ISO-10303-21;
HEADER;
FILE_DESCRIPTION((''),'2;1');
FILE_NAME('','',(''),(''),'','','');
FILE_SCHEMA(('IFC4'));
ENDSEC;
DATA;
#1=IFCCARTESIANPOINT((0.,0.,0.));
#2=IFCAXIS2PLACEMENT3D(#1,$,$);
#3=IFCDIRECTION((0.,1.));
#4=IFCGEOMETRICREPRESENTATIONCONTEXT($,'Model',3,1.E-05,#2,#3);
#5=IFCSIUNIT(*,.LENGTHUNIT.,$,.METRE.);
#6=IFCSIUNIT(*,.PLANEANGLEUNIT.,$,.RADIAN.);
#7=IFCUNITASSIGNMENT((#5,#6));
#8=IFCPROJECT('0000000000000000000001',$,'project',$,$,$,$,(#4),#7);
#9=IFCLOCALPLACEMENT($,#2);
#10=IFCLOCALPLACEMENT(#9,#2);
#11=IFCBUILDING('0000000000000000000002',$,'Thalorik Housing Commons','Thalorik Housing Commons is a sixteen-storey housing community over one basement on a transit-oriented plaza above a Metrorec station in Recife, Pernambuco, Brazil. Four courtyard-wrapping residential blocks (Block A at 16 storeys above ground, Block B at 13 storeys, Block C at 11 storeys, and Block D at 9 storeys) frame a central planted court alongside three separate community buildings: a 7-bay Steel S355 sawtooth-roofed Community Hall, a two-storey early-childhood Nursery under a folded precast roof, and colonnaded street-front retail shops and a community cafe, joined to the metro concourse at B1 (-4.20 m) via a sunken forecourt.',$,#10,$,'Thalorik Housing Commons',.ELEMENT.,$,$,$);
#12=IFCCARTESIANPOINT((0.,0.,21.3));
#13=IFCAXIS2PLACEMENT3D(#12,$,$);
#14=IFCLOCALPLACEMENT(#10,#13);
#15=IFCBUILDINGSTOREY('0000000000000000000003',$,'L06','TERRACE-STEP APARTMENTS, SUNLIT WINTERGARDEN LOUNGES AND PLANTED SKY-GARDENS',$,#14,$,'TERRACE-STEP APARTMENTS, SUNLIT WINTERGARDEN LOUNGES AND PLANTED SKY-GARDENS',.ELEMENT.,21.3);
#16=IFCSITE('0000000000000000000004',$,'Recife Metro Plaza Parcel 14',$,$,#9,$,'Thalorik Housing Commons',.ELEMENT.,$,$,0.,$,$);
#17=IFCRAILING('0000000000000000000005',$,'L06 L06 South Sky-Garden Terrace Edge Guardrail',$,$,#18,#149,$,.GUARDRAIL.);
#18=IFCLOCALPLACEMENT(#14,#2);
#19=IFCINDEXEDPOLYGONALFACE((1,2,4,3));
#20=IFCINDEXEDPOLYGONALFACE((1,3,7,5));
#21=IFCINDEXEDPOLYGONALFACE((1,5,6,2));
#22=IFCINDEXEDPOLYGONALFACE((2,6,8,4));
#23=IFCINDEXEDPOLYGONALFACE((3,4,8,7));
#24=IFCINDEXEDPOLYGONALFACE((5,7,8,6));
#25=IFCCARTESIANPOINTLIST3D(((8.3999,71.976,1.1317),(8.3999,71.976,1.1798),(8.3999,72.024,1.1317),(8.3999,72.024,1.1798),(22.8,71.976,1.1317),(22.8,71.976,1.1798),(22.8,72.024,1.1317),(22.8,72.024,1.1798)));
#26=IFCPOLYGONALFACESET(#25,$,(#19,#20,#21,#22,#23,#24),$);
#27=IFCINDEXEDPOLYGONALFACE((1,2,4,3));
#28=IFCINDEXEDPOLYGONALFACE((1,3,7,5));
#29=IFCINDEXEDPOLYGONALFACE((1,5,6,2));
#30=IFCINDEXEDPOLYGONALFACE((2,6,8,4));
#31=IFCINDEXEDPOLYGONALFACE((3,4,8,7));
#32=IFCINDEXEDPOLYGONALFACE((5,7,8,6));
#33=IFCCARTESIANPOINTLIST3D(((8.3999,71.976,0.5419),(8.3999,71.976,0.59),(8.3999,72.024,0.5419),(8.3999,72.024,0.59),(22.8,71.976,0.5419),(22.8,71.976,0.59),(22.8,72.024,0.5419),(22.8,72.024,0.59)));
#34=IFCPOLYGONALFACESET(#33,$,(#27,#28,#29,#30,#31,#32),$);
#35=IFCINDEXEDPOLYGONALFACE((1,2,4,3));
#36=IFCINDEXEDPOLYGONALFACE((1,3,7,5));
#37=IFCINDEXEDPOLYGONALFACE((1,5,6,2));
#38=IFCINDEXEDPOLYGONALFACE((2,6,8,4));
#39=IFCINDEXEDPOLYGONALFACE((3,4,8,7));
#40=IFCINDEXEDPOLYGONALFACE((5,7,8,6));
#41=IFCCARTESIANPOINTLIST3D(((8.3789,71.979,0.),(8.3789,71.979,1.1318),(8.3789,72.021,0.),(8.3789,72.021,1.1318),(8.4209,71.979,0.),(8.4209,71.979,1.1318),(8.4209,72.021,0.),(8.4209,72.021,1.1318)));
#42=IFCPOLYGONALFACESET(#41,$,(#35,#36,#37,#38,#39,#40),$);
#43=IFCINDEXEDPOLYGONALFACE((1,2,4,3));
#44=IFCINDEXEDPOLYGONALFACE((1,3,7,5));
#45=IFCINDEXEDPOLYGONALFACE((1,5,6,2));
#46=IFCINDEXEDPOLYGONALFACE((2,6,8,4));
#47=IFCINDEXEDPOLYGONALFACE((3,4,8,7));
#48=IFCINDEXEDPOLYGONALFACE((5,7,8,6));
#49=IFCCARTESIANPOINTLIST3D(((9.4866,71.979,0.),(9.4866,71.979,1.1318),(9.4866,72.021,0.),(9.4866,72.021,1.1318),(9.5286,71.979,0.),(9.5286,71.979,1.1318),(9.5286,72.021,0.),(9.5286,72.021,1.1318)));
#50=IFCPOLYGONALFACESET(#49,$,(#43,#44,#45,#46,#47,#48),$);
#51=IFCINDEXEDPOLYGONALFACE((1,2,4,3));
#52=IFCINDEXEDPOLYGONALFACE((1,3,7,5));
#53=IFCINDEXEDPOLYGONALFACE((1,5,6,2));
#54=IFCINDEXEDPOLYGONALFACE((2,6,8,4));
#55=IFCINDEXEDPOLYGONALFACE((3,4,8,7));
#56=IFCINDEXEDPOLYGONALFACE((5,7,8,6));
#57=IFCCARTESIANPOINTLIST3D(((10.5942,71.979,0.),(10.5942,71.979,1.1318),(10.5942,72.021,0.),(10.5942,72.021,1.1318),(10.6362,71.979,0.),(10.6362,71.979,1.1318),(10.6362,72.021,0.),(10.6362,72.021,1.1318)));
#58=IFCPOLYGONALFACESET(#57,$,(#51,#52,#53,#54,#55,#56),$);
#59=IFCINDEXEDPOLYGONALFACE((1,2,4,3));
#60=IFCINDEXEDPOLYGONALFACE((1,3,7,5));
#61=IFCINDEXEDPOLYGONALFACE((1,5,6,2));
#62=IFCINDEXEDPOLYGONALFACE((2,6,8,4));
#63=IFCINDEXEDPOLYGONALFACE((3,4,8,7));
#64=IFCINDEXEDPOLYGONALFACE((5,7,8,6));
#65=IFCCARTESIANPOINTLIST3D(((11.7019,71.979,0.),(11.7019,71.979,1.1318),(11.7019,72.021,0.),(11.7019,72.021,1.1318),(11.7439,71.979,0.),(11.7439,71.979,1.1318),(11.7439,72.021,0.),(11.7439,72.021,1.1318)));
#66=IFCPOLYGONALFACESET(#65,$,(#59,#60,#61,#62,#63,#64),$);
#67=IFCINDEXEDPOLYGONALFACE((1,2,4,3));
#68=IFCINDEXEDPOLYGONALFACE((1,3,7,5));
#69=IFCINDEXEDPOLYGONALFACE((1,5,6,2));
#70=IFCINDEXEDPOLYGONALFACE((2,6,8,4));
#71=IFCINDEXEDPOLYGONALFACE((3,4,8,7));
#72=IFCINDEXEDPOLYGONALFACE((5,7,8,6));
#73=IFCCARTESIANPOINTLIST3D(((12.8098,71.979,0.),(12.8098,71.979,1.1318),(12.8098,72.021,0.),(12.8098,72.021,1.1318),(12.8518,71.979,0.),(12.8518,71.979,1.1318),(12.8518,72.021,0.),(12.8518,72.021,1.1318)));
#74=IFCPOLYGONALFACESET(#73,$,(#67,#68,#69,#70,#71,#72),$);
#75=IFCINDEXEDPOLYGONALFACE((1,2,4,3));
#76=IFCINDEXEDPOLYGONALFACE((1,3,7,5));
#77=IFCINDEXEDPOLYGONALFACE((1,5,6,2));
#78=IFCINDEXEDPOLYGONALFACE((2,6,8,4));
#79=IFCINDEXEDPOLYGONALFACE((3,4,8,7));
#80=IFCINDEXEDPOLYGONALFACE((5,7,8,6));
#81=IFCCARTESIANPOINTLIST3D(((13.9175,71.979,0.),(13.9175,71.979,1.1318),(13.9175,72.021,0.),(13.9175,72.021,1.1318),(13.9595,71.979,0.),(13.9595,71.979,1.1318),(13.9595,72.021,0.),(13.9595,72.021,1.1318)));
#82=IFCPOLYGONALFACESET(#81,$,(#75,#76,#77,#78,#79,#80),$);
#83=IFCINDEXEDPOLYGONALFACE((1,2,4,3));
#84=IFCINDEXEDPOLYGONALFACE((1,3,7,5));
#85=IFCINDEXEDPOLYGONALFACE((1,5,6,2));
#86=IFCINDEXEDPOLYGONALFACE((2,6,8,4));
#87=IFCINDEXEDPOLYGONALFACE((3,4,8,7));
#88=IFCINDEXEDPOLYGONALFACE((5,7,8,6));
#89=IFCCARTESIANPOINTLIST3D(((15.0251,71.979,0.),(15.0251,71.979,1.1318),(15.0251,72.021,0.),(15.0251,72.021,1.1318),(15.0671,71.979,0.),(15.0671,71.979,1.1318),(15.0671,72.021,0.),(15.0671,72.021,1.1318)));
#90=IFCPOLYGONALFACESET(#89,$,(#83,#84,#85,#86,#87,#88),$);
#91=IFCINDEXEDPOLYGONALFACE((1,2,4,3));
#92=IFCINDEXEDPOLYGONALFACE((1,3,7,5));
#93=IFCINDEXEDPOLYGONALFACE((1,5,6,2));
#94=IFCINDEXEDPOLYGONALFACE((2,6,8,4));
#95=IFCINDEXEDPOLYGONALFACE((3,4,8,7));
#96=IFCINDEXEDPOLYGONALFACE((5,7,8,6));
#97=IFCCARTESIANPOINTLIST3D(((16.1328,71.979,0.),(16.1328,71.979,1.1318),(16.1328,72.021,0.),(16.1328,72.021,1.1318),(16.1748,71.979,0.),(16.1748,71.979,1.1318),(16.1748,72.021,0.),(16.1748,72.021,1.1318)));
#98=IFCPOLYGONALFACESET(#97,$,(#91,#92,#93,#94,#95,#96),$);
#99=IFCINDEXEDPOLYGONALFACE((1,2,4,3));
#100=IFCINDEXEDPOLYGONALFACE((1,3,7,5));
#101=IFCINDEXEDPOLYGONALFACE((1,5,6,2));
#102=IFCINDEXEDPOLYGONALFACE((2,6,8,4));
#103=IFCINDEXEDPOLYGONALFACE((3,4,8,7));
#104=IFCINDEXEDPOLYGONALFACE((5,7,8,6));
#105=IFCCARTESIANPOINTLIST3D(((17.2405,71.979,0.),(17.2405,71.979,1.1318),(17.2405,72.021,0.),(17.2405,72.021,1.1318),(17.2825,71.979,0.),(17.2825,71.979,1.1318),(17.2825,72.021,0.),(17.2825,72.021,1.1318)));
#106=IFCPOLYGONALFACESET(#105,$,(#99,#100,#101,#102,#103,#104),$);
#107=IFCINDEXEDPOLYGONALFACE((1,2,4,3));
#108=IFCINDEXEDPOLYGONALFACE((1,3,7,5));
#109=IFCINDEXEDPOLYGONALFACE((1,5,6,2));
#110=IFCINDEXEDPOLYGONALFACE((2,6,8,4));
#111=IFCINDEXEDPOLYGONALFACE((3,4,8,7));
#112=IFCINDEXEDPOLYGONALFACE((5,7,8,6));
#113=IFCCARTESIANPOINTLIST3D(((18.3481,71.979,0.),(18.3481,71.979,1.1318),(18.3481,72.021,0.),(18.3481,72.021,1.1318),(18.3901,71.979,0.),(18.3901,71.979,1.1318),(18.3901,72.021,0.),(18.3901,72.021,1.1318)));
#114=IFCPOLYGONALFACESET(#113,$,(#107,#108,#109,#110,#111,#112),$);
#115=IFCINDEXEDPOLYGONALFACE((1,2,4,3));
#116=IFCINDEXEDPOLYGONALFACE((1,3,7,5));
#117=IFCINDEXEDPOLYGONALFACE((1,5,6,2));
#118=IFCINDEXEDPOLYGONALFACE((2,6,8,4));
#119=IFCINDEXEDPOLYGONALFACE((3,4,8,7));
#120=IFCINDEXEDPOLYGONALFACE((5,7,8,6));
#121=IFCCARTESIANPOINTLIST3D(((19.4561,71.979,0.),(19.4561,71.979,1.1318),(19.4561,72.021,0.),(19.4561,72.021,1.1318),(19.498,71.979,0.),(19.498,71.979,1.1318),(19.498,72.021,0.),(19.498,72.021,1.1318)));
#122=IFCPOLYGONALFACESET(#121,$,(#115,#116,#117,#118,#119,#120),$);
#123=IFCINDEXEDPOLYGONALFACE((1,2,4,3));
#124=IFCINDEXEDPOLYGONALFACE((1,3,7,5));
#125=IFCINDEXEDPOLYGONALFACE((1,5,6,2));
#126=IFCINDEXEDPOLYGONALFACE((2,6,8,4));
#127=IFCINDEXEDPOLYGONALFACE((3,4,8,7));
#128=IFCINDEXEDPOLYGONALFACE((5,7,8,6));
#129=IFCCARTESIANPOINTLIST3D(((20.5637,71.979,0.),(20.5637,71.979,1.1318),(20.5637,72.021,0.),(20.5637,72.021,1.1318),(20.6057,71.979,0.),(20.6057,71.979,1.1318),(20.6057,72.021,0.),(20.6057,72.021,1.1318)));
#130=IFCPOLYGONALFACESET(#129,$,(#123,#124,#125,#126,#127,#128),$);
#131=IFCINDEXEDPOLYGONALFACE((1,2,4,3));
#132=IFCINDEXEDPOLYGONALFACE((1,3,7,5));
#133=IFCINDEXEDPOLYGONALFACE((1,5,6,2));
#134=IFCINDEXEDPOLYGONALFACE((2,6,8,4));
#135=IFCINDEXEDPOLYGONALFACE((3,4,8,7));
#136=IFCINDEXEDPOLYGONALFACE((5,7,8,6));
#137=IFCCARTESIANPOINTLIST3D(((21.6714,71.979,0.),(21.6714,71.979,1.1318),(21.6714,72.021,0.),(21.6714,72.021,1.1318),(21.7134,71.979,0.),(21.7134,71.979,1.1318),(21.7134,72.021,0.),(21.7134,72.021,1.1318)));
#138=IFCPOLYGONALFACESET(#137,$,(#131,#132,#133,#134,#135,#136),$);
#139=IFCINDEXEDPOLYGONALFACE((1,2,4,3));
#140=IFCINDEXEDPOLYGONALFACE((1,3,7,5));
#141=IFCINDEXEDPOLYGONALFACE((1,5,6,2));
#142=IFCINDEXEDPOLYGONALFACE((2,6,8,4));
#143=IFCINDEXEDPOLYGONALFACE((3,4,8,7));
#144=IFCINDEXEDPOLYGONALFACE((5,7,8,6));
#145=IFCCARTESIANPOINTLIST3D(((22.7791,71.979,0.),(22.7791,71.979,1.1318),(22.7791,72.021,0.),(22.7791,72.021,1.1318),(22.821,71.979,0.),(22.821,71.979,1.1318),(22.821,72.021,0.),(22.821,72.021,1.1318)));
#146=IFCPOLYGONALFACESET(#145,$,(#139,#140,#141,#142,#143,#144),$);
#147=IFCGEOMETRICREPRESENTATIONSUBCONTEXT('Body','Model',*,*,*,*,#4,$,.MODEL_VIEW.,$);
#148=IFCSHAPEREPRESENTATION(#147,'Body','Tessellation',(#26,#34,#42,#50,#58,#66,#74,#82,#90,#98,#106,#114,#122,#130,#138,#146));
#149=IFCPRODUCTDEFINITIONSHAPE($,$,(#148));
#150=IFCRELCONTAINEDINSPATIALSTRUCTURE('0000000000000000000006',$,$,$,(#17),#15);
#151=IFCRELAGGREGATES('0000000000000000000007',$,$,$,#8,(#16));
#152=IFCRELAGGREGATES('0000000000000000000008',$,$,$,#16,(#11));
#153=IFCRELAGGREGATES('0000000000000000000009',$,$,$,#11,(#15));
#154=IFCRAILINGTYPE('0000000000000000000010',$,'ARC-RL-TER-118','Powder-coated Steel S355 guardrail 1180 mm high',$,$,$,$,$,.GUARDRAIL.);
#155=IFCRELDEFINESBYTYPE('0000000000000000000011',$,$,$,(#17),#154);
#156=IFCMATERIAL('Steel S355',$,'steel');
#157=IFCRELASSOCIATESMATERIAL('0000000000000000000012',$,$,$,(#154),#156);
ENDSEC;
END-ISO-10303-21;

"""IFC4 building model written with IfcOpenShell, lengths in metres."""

from ifc_helpers import new_model, si_unit, direction, frame, origin, origin_2d, place, context, subcontext, project, spatial, rectangle, extrude, material, type_object, element, save


model = new_model("IFC4")

# Units and contexts
model_context = context("Model", 3, precision=1e-05, world=origin(), true_north=direction((0.0, 1.0)))
body_context = subcontext(model_context, "Body", "Model", "MODEL_VIEW")
ifc_project = project(units=[si_unit("LENGTHUNIT", "METRE"), si_unit("PLANEANGLEUNIT", "RADIAN")], contexts=[model_context])

# Site, building, storey
site_placement = place(None, origin())
site = spatial("IfcSite", under=ifc_project, at=site_placement, Name="Recife Metro Plaza Parcel 14", LongName="Thalorik Housing Commons", CompositionType="ELEMENT", RefElevation=0.0)
building_placement = place(site_placement, origin())
building = spatial("IfcBuilding", under=site, at=building_placement, Name="Thalorik Housing Commons", Description="Thalorik Housing Commons is a sixteen-storey housing community over one basement on a transit-oriented plaza above a Metrorec station in Recife, Pernambuco, Brazil. Four courtyard-wrapping residential blocks (Block A at 16 storeys above ground, Block B at 13 storeys, Block C at 11 storeys, and Block D at 9 storeys) frame a central planted court alongside three separate community buildings: a 7-bay Steel S355 sawtooth-roofed Community Hall, a two-storey early-childhood Nursery under a folded precast roof, and colonnaded street-front retail shops and a community cafe, joined to the metro concourse at B1 (-4.20 m) via a sunken forecourt.", LongName="Thalorik Housing Commons", CompositionType="ELEMENT")
storey_placement = place(building_placement, frame((0.0, 0.0, 21.3)))
storey = spatial("IfcBuildingStorey", under=building, at=storey_placement, Name="L06", Description="TERRACE-STEP APARTMENTS, SUNLIT WINTERGARDEN LOUNGES AND PLANTED SKY-GARDENS", LongName="TERRACE-STEP APARTMENTS, SUNLIT WINTERGARDEN LOUNGES AND PLANTED SKY-GARDENS", CompositionType="ELEMENT", Elevation=21.3)

# Railing
ifc_material_1 = material(Name="Steel S355", Category="steel")
railing_type_1 = type_object("IfcRailingType", Name="ARC-RL-TER-118", Description="Powder-coated Steel S355 guardrail 1180 mm high", PredefinedType="GUARDRAIL", material=ifc_material_1)
railing_1_placement = place(storey_placement, frame((8.3999, 72.0, 0.0)))
element("IfcRailing", 1, at=railing_1_placement, inside=storey, type_object=railing_type_1, Name="L06 L06 South Sky-Garden Terrace Edge Guardrail", PredefinedType="GUARDRAIL", context=body_context, shape_type="SweptSolid", body=[
    extrude(rectangle(XDim=0.0481, YDim=0.0481, at=origin_2d()), frame((0.0, 0.0, 1.1558), z_axis=(1.0, 0.0, 0.0), x_axis=(0.0, 1.0, 0.0)), (0.0, 0.0, 1.0), 14.4001),
    extrude(rectangle(XDim=0.0481, YDim=0.0481, at=origin_2d()), frame((0.0, 0.0, 0.5659), z_axis=(1.0, 0.0, 0.0), x_axis=(0.0, 1.0, 0.0)), (0.0, 0.0, 1.0), 14.4001),
    extrude(rectangle(XDim=0.042, YDim=0.042, at=origin_2d()), origin(), (0.0, 0.0, 1.0), 1.1318),
    extrude(rectangle(XDim=0.042, YDim=0.042, at=origin_2d()), frame((1.1077, 0.0, 0.0)), (0.0, 0.0, 1.0), 1.1318),
    extrude(rectangle(XDim=0.042, YDim=0.042, at=origin_2d()), frame((2.2153, 0.0, 0.0)), (0.0, 0.0, 1.0), 1.1318),
    extrude(rectangle(XDim=0.042, YDim=0.042, at=origin_2d()), frame((3.323, 0.0, 0.0)), (0.0, 0.0, 1.0), 1.1318),
    extrude(rectangle(XDim=0.042, YDim=0.042, at=origin_2d()), frame((4.4309, 0.0, 0.0)), (0.0, 0.0, 1.0), 1.1318),
    extrude(rectangle(XDim=0.042, YDim=0.042, at=origin_2d()), frame((5.5386, 0.0, 0.0)), (0.0, 0.0, 1.0), 1.1318),
    extrude(rectangle(XDim=0.042, YDim=0.042, at=origin_2d()), frame((6.6462, 0.0, 0.0)), (0.0, 0.0, 1.0), 1.1318),
    extrude(rectangle(XDim=0.042, YDim=0.042, at=origin_2d()), frame((7.7539, 0.0, 0.0)), (0.0, 0.0, 1.0), 1.1318),
    extrude(rectangle(XDim=0.042, YDim=0.042, at=origin_2d()), frame((8.8616, 0.0, 0.0)), (0.0, 0.0, 1.0), 1.1318),
    extrude(rectangle(XDim=0.042, YDim=0.042, at=origin_2d()), frame((9.9692, 0.0, 0.0)), (0.0, 0.0, 1.0), 1.1318),
    extrude(rectangle(XDim=0.042, YDim=0.042, at=origin_2d()), frame((11.0771, 0.0, 0.0)), (0.0, 0.0, 1.0), 1.1318),
    extrude(rectangle(XDim=0.042, YDim=0.042, at=origin_2d()), frame((12.1848, 0.0, 0.0)), (0.0, 0.0, 1.0), 1.1318),
    extrude(rectangle(XDim=0.042, YDim=0.042, at=origin_2d()), frame((13.2925, 0.0, 0.0)), (0.0, 0.0, 1.0), 1.1318),
    extrude(rectangle(XDim=0.042, YDim=0.042, at=origin_2d()), frame((14.4001, 0.0, 0.0)), (0.0, 0.0, 1.0), 1.1318),
])

save(model, "model.ifc")
